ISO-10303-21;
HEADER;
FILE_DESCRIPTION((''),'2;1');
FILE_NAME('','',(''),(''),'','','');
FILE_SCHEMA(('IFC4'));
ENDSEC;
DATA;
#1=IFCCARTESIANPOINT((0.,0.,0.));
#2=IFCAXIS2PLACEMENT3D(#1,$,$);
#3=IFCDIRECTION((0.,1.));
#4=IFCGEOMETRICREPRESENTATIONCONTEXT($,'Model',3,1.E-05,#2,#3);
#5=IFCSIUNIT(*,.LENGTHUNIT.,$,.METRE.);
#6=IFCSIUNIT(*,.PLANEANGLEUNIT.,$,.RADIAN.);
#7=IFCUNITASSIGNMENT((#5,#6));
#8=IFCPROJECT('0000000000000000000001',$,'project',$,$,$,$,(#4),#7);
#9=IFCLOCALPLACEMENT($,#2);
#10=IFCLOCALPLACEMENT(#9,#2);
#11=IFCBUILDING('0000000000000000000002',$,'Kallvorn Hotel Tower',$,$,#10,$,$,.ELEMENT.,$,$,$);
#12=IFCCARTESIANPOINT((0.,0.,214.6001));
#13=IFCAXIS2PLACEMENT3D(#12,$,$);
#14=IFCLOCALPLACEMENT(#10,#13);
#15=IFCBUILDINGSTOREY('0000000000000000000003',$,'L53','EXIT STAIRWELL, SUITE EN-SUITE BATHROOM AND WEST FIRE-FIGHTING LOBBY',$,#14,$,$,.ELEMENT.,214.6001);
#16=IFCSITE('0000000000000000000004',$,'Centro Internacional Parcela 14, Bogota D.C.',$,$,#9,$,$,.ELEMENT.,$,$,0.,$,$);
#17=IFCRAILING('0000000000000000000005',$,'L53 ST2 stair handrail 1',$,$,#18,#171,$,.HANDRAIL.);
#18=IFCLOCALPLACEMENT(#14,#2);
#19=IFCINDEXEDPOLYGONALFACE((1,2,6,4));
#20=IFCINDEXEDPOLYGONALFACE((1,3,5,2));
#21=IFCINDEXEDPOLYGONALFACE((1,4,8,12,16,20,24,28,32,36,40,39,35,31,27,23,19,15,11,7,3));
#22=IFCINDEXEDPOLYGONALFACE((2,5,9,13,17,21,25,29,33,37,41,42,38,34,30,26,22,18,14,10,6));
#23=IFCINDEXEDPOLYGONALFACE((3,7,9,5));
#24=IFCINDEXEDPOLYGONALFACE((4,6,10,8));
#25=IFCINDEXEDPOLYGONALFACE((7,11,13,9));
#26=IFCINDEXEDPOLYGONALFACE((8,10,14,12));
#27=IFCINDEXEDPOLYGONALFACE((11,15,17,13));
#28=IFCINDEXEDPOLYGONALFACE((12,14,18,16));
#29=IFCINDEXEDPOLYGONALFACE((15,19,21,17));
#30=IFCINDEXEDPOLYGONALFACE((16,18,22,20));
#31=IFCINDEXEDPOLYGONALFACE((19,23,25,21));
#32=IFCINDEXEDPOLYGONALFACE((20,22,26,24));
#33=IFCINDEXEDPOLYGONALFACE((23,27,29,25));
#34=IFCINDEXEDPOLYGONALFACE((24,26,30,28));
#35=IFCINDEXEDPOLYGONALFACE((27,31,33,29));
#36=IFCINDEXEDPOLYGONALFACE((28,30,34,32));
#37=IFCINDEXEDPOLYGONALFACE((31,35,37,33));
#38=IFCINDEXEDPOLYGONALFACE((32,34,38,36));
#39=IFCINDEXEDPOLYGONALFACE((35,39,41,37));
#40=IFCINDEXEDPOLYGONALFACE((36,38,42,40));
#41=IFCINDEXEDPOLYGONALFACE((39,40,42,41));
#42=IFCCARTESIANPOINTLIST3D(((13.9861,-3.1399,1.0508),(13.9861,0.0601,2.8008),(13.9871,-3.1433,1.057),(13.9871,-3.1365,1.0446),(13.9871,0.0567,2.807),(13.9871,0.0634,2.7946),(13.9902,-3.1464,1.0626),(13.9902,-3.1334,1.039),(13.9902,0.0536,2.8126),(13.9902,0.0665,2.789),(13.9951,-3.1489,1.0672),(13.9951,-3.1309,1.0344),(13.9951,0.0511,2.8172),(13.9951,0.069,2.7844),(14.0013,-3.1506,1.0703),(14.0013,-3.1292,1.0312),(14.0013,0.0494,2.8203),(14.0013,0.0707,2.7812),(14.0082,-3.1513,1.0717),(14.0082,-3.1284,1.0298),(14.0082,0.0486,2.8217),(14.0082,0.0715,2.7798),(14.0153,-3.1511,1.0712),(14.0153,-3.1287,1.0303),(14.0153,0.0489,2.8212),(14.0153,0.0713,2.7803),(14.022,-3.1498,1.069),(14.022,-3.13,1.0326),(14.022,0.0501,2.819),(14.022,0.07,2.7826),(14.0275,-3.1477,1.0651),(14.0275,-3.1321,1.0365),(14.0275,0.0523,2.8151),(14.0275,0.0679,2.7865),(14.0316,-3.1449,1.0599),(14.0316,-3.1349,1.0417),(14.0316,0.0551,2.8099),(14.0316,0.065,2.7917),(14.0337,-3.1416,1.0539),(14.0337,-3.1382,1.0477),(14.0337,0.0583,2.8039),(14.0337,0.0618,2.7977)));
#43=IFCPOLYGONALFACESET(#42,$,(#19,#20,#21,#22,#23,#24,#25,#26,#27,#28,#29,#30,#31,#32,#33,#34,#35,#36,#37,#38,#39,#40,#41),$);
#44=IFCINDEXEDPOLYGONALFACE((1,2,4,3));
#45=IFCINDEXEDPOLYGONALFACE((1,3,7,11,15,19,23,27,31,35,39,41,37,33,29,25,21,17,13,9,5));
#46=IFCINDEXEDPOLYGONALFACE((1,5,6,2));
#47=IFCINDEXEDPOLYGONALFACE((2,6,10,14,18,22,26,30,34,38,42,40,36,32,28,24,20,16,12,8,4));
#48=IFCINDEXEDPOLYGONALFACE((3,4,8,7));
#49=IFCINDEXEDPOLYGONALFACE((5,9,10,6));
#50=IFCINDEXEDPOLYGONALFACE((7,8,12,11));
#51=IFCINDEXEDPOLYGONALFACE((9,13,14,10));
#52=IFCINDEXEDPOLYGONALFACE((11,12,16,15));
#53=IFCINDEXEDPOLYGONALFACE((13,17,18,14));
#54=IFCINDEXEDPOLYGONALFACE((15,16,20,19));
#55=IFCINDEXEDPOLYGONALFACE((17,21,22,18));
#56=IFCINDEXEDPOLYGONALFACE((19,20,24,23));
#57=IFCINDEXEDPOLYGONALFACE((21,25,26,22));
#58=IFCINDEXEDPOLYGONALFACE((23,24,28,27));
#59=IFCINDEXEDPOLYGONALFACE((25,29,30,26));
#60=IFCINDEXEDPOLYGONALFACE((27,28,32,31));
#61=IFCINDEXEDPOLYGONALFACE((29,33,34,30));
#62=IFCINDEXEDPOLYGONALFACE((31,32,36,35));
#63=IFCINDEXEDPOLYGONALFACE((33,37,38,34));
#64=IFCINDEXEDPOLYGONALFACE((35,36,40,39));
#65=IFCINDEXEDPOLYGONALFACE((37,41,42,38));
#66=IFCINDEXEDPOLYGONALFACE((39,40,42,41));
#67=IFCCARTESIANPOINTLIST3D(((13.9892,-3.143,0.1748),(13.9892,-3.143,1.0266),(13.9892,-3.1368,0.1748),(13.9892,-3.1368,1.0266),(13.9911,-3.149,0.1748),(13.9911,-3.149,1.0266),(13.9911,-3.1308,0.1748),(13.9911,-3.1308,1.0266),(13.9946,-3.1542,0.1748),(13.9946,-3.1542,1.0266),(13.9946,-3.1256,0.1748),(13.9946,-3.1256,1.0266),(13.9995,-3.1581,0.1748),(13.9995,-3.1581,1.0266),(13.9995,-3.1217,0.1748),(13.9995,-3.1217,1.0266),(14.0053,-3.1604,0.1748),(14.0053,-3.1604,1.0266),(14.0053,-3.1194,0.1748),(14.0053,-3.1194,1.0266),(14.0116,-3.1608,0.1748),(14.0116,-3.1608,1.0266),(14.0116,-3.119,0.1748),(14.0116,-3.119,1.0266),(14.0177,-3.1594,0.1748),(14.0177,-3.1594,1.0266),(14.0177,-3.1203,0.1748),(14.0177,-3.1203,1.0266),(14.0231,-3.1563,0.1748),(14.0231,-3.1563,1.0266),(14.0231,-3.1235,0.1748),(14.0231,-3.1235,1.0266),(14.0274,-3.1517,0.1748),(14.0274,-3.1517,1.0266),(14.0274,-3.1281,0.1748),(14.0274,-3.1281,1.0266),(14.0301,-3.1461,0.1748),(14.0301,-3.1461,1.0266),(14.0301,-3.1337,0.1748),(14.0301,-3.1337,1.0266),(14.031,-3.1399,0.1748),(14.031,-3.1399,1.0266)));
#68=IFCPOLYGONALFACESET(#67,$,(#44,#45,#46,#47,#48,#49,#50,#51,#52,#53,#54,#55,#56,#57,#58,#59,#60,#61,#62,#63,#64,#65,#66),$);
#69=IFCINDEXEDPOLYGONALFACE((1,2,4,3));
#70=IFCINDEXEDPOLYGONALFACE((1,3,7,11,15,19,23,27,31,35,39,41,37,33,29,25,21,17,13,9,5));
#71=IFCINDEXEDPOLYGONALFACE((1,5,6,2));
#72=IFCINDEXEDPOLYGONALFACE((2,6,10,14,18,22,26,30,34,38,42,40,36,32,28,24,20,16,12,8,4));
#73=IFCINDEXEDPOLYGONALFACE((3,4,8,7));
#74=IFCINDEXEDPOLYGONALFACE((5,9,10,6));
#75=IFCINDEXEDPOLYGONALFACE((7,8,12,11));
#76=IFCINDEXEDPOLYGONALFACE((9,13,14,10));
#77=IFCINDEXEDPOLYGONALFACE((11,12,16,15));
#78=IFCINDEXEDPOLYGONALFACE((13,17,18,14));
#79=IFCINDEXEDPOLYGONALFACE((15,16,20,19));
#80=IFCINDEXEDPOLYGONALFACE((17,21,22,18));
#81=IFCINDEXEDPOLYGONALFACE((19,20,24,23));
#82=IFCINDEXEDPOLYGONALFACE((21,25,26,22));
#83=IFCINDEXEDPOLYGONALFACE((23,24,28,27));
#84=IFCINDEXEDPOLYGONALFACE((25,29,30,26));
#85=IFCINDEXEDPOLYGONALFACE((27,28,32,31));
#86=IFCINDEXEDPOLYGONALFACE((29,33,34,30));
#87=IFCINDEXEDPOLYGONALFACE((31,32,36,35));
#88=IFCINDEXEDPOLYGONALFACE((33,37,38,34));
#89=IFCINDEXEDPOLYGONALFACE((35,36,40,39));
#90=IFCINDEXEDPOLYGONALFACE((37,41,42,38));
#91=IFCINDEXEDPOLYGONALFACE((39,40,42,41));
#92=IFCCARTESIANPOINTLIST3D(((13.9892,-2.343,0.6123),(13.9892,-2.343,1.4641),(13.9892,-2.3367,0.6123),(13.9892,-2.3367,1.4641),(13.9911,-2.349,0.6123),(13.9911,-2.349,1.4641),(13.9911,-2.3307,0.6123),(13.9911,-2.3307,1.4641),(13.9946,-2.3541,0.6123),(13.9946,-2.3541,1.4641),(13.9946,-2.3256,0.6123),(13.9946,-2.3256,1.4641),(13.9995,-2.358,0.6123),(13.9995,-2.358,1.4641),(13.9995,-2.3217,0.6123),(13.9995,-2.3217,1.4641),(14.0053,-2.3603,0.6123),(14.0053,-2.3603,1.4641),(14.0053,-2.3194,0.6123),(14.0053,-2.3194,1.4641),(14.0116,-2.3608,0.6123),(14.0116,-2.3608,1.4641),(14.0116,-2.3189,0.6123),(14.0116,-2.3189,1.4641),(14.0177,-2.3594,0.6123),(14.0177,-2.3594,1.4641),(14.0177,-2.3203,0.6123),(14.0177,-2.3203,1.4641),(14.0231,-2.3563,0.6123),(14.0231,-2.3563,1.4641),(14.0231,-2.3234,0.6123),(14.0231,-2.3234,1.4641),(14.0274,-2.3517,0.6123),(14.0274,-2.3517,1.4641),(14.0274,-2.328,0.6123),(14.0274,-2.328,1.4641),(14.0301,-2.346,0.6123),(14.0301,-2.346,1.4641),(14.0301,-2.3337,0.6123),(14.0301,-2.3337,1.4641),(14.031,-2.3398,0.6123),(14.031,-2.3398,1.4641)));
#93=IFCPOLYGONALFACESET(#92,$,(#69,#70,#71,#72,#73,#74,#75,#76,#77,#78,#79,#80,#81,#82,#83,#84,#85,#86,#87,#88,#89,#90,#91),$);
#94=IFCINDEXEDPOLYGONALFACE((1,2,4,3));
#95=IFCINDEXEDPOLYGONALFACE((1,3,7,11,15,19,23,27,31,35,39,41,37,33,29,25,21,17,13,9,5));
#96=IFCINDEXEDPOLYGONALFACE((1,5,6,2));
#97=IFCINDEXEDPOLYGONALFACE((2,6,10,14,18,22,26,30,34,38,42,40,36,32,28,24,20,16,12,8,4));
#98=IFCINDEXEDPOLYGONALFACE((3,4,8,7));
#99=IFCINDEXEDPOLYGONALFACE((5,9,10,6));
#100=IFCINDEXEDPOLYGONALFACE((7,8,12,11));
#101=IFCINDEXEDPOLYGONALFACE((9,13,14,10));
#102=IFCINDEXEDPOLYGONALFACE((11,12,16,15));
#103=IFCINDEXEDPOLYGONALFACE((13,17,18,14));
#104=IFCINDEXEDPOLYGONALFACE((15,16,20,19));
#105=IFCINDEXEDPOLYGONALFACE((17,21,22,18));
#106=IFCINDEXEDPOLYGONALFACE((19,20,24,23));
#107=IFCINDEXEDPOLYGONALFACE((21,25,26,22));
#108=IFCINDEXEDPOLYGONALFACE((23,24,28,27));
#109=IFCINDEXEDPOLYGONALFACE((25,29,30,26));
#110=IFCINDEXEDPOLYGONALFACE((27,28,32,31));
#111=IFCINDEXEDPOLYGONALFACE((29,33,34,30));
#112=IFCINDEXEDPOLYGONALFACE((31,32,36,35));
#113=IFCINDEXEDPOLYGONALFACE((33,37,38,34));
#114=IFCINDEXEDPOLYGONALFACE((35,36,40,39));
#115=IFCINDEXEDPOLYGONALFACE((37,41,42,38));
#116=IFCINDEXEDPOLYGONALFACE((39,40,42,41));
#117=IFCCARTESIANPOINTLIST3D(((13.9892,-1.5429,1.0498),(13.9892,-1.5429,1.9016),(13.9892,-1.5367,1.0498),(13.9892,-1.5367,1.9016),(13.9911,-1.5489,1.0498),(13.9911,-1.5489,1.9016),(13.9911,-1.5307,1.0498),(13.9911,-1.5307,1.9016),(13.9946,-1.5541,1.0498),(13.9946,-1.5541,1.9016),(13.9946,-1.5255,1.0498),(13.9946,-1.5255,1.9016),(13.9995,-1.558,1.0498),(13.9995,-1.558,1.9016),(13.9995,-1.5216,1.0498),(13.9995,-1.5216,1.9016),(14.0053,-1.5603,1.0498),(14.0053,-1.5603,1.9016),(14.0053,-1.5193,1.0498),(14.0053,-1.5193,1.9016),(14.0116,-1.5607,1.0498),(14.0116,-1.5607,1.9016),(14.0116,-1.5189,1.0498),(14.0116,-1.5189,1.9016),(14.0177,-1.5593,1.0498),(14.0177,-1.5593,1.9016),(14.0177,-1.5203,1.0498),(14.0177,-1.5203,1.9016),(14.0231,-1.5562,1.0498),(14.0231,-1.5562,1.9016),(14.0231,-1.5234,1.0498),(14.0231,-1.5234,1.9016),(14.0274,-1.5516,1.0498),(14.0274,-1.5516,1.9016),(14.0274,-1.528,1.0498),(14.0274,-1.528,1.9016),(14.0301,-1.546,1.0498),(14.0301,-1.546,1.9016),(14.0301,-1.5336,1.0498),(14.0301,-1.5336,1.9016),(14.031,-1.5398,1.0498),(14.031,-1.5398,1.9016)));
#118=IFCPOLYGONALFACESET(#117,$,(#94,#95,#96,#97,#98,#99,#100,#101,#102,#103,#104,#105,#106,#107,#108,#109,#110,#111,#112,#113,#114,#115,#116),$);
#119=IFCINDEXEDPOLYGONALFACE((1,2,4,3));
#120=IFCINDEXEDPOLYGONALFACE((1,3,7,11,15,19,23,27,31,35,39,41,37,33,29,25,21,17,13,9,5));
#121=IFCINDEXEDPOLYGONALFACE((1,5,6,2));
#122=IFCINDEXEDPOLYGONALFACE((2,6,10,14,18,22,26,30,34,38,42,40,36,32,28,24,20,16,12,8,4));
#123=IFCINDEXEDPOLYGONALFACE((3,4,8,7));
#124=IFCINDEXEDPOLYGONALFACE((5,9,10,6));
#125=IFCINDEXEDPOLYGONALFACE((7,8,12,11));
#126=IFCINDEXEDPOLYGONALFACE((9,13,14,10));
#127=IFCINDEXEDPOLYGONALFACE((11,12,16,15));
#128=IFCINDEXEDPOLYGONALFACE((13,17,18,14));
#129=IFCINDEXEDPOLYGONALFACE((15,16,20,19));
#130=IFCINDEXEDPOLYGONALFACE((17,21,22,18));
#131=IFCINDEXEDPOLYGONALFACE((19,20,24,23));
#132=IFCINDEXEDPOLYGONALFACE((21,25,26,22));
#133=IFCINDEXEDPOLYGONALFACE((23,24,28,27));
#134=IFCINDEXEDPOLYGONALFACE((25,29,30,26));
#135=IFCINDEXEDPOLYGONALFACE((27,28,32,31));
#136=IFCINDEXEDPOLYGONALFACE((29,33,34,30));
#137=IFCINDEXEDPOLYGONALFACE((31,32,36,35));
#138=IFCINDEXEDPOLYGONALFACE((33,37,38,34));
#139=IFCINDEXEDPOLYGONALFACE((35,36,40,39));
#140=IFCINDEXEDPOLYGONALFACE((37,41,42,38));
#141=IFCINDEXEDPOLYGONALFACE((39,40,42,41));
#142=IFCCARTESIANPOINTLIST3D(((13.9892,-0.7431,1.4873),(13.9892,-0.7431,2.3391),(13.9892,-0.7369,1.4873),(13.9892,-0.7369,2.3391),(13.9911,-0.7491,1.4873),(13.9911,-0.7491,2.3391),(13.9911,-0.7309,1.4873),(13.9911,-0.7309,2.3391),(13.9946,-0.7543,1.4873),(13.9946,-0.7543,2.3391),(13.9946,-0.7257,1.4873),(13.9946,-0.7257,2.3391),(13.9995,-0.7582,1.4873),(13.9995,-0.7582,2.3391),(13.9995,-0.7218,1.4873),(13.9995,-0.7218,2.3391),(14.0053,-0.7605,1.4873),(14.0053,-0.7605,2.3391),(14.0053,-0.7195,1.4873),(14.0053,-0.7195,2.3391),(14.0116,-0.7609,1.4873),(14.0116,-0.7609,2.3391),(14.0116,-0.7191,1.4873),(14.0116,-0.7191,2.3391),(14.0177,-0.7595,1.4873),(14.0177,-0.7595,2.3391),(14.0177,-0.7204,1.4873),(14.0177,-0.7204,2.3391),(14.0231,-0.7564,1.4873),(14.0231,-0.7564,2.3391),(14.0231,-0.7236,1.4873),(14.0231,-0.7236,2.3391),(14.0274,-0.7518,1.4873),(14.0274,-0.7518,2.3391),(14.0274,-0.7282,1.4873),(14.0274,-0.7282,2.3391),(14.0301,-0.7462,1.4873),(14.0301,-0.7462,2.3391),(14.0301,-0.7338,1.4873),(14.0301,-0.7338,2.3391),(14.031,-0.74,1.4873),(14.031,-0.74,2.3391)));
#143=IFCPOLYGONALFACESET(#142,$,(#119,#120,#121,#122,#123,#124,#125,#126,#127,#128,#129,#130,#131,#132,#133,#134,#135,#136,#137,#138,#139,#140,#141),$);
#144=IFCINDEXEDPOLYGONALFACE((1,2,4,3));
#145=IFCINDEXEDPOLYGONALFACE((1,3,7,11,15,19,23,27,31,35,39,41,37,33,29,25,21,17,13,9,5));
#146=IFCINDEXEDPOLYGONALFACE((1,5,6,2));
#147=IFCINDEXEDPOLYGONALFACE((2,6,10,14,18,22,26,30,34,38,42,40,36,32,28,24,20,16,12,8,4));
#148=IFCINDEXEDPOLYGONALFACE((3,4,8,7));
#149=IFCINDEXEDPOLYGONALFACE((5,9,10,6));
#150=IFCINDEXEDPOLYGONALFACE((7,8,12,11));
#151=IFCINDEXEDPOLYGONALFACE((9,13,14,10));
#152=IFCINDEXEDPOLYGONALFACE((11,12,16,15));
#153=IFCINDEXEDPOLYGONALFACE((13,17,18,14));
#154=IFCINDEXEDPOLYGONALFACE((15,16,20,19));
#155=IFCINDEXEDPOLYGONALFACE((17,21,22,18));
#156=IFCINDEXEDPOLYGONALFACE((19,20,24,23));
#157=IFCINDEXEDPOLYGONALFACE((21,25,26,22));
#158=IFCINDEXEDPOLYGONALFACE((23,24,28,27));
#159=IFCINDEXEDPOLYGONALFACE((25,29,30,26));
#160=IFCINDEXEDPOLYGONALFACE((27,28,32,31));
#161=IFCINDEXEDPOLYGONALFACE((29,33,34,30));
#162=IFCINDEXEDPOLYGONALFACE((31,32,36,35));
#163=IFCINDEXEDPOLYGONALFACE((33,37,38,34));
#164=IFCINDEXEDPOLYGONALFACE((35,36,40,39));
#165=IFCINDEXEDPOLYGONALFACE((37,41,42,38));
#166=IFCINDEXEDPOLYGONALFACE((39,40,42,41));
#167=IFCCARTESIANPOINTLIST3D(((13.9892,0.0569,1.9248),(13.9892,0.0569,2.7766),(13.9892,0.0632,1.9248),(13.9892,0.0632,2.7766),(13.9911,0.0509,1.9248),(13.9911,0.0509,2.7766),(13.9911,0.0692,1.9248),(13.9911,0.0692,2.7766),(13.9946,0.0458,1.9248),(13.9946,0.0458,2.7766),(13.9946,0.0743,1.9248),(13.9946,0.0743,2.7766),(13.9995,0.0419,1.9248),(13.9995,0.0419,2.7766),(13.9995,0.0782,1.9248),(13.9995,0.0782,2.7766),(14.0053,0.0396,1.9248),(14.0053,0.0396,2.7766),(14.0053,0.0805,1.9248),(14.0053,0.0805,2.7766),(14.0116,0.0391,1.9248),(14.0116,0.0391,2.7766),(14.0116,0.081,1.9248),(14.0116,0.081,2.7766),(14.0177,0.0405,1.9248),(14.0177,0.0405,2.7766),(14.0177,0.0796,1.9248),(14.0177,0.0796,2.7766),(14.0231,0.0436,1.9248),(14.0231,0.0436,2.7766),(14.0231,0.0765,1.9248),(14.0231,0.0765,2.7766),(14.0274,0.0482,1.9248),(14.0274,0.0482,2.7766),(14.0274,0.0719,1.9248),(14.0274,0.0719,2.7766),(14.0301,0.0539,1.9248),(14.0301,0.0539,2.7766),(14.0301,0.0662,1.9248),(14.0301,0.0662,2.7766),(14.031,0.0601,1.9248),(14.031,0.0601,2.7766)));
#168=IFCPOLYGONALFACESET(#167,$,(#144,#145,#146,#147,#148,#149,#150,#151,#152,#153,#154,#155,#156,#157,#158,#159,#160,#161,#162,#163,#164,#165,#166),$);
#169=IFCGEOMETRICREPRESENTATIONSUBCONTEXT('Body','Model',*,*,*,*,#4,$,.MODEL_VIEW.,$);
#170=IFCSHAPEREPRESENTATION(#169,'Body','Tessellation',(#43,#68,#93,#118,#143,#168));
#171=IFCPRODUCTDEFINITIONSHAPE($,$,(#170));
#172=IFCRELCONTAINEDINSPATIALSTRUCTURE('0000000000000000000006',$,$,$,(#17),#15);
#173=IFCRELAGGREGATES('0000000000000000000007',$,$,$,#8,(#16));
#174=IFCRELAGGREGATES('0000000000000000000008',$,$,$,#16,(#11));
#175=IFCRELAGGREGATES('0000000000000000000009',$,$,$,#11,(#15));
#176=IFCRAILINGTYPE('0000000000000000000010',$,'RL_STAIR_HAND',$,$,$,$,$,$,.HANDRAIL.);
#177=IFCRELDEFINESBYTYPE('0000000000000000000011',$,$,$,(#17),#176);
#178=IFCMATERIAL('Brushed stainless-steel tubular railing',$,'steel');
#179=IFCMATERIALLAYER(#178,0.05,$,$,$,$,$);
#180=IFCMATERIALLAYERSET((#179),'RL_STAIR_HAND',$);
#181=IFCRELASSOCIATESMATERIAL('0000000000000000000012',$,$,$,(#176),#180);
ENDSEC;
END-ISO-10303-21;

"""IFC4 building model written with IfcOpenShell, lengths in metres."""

from ifc_helpers import new_model, si_unit, direction, frame, origin, origin_2d, place, context, subcontext, project, spatial, circle, extrude, material, layer, layer_set, type_object, element, save


model = new_model("IFC4")

# Units and contexts
model_context = context("Model", 3, precision=1e-05, world=origin(), true_north=direction((0.0, 1.0)))
body_context = subcontext(model_context, "Body", "Model", "MODEL_VIEW")
ifc_project = project(units=[si_unit("LENGTHUNIT", "METRE"), si_unit("PLANEANGLEUNIT", "RADIAN")], contexts=[model_context])

# Site, building, storey
site_placement = place(None, origin())
site = spatial("IfcSite", under=ifc_project, at=site_placement, Name="Centro Internacional Parcela 14, Bogota D.C.", CompositionType="ELEMENT", RefElevation=0.0)
building_placement = place(site_placement, origin())
building = spatial("IfcBuilding", under=site, at=building_placement, Name="Kallvorn Hotel Tower", CompositionType="ELEMENT")
storey_placement = place(building_placement, frame((0.0, 0.0, 214.6001)))
storey = spatial("IfcBuildingStorey", under=building, at=storey_placement, Name="L53", Description="EXIT STAIRWELL, SUITE EN-SUITE BATHROOM AND WEST FIRE-FIGHTING LOBBY", CompositionType="ELEMENT", Elevation=214.6001)

# Railing
ifc_material_1 = material(Name="Brushed stainless-steel tubular railing", Category="steel")
ifc_layer_1 = layer(ifc_material_1, 0.05)
ifc_layer_set_1 = layer_set([ifc_layer_1], Name="RL_STAIR_HAND")
railing_type_1 = type_object("IfcRailingType", Name="RL_STAIR_HAND", PredefinedType="HANDRAIL", material=ifc_layer_set_1)
railing_1_placement = place(storey_placement, frame((14.01, -3.1399, 0.1748)))
element("IfcRailing", 1, at=railing_1_placement, inside=storey, type_object=railing_type_1, Name="L53 ST2 stair handrail 1", PredefinedType="HANDRAIL", context=body_context, shape_type="SweptSolid", body=[
    extrude(circle(Radius=0.0239, at=origin_2d()), frame((0.0, 0.0, 0.876), z_axis=(0.0, 0.877368, 0.479818), x_axis=(-1.0, 0.0, 0.0)), (0.0, 0.0, 1.0), 3.6472),
    extrude(circle(Radius=0.021, at=origin_2d()), origin(), (0.0, 0.0, 1.0), 0.8518),
    extrude(circle(Radius=0.021, at=origin_2d()), frame((0.0, 0.8, 0.4375)), (0.0, 0.0, 1.0), 0.8518),
    extrude(circle(Radius=0.021, at=origin_2d()), frame((0.0, 1.6001, 0.875)), (0.0, 0.0, 1.0), 0.8518),
    extrude(circle(Radius=0.021, at=origin_2d()), frame((0.0, 2.3999, 1.3125)), (0.0, 0.0, 1.0), 0.8518),
    extrude(circle(Radius=0.021, at=origin_2d()), frame((0.0, 3.2, 1.75)), (0.0, 0.0, 1.0), 0.8518),
])

save(model, "model.ifc")
